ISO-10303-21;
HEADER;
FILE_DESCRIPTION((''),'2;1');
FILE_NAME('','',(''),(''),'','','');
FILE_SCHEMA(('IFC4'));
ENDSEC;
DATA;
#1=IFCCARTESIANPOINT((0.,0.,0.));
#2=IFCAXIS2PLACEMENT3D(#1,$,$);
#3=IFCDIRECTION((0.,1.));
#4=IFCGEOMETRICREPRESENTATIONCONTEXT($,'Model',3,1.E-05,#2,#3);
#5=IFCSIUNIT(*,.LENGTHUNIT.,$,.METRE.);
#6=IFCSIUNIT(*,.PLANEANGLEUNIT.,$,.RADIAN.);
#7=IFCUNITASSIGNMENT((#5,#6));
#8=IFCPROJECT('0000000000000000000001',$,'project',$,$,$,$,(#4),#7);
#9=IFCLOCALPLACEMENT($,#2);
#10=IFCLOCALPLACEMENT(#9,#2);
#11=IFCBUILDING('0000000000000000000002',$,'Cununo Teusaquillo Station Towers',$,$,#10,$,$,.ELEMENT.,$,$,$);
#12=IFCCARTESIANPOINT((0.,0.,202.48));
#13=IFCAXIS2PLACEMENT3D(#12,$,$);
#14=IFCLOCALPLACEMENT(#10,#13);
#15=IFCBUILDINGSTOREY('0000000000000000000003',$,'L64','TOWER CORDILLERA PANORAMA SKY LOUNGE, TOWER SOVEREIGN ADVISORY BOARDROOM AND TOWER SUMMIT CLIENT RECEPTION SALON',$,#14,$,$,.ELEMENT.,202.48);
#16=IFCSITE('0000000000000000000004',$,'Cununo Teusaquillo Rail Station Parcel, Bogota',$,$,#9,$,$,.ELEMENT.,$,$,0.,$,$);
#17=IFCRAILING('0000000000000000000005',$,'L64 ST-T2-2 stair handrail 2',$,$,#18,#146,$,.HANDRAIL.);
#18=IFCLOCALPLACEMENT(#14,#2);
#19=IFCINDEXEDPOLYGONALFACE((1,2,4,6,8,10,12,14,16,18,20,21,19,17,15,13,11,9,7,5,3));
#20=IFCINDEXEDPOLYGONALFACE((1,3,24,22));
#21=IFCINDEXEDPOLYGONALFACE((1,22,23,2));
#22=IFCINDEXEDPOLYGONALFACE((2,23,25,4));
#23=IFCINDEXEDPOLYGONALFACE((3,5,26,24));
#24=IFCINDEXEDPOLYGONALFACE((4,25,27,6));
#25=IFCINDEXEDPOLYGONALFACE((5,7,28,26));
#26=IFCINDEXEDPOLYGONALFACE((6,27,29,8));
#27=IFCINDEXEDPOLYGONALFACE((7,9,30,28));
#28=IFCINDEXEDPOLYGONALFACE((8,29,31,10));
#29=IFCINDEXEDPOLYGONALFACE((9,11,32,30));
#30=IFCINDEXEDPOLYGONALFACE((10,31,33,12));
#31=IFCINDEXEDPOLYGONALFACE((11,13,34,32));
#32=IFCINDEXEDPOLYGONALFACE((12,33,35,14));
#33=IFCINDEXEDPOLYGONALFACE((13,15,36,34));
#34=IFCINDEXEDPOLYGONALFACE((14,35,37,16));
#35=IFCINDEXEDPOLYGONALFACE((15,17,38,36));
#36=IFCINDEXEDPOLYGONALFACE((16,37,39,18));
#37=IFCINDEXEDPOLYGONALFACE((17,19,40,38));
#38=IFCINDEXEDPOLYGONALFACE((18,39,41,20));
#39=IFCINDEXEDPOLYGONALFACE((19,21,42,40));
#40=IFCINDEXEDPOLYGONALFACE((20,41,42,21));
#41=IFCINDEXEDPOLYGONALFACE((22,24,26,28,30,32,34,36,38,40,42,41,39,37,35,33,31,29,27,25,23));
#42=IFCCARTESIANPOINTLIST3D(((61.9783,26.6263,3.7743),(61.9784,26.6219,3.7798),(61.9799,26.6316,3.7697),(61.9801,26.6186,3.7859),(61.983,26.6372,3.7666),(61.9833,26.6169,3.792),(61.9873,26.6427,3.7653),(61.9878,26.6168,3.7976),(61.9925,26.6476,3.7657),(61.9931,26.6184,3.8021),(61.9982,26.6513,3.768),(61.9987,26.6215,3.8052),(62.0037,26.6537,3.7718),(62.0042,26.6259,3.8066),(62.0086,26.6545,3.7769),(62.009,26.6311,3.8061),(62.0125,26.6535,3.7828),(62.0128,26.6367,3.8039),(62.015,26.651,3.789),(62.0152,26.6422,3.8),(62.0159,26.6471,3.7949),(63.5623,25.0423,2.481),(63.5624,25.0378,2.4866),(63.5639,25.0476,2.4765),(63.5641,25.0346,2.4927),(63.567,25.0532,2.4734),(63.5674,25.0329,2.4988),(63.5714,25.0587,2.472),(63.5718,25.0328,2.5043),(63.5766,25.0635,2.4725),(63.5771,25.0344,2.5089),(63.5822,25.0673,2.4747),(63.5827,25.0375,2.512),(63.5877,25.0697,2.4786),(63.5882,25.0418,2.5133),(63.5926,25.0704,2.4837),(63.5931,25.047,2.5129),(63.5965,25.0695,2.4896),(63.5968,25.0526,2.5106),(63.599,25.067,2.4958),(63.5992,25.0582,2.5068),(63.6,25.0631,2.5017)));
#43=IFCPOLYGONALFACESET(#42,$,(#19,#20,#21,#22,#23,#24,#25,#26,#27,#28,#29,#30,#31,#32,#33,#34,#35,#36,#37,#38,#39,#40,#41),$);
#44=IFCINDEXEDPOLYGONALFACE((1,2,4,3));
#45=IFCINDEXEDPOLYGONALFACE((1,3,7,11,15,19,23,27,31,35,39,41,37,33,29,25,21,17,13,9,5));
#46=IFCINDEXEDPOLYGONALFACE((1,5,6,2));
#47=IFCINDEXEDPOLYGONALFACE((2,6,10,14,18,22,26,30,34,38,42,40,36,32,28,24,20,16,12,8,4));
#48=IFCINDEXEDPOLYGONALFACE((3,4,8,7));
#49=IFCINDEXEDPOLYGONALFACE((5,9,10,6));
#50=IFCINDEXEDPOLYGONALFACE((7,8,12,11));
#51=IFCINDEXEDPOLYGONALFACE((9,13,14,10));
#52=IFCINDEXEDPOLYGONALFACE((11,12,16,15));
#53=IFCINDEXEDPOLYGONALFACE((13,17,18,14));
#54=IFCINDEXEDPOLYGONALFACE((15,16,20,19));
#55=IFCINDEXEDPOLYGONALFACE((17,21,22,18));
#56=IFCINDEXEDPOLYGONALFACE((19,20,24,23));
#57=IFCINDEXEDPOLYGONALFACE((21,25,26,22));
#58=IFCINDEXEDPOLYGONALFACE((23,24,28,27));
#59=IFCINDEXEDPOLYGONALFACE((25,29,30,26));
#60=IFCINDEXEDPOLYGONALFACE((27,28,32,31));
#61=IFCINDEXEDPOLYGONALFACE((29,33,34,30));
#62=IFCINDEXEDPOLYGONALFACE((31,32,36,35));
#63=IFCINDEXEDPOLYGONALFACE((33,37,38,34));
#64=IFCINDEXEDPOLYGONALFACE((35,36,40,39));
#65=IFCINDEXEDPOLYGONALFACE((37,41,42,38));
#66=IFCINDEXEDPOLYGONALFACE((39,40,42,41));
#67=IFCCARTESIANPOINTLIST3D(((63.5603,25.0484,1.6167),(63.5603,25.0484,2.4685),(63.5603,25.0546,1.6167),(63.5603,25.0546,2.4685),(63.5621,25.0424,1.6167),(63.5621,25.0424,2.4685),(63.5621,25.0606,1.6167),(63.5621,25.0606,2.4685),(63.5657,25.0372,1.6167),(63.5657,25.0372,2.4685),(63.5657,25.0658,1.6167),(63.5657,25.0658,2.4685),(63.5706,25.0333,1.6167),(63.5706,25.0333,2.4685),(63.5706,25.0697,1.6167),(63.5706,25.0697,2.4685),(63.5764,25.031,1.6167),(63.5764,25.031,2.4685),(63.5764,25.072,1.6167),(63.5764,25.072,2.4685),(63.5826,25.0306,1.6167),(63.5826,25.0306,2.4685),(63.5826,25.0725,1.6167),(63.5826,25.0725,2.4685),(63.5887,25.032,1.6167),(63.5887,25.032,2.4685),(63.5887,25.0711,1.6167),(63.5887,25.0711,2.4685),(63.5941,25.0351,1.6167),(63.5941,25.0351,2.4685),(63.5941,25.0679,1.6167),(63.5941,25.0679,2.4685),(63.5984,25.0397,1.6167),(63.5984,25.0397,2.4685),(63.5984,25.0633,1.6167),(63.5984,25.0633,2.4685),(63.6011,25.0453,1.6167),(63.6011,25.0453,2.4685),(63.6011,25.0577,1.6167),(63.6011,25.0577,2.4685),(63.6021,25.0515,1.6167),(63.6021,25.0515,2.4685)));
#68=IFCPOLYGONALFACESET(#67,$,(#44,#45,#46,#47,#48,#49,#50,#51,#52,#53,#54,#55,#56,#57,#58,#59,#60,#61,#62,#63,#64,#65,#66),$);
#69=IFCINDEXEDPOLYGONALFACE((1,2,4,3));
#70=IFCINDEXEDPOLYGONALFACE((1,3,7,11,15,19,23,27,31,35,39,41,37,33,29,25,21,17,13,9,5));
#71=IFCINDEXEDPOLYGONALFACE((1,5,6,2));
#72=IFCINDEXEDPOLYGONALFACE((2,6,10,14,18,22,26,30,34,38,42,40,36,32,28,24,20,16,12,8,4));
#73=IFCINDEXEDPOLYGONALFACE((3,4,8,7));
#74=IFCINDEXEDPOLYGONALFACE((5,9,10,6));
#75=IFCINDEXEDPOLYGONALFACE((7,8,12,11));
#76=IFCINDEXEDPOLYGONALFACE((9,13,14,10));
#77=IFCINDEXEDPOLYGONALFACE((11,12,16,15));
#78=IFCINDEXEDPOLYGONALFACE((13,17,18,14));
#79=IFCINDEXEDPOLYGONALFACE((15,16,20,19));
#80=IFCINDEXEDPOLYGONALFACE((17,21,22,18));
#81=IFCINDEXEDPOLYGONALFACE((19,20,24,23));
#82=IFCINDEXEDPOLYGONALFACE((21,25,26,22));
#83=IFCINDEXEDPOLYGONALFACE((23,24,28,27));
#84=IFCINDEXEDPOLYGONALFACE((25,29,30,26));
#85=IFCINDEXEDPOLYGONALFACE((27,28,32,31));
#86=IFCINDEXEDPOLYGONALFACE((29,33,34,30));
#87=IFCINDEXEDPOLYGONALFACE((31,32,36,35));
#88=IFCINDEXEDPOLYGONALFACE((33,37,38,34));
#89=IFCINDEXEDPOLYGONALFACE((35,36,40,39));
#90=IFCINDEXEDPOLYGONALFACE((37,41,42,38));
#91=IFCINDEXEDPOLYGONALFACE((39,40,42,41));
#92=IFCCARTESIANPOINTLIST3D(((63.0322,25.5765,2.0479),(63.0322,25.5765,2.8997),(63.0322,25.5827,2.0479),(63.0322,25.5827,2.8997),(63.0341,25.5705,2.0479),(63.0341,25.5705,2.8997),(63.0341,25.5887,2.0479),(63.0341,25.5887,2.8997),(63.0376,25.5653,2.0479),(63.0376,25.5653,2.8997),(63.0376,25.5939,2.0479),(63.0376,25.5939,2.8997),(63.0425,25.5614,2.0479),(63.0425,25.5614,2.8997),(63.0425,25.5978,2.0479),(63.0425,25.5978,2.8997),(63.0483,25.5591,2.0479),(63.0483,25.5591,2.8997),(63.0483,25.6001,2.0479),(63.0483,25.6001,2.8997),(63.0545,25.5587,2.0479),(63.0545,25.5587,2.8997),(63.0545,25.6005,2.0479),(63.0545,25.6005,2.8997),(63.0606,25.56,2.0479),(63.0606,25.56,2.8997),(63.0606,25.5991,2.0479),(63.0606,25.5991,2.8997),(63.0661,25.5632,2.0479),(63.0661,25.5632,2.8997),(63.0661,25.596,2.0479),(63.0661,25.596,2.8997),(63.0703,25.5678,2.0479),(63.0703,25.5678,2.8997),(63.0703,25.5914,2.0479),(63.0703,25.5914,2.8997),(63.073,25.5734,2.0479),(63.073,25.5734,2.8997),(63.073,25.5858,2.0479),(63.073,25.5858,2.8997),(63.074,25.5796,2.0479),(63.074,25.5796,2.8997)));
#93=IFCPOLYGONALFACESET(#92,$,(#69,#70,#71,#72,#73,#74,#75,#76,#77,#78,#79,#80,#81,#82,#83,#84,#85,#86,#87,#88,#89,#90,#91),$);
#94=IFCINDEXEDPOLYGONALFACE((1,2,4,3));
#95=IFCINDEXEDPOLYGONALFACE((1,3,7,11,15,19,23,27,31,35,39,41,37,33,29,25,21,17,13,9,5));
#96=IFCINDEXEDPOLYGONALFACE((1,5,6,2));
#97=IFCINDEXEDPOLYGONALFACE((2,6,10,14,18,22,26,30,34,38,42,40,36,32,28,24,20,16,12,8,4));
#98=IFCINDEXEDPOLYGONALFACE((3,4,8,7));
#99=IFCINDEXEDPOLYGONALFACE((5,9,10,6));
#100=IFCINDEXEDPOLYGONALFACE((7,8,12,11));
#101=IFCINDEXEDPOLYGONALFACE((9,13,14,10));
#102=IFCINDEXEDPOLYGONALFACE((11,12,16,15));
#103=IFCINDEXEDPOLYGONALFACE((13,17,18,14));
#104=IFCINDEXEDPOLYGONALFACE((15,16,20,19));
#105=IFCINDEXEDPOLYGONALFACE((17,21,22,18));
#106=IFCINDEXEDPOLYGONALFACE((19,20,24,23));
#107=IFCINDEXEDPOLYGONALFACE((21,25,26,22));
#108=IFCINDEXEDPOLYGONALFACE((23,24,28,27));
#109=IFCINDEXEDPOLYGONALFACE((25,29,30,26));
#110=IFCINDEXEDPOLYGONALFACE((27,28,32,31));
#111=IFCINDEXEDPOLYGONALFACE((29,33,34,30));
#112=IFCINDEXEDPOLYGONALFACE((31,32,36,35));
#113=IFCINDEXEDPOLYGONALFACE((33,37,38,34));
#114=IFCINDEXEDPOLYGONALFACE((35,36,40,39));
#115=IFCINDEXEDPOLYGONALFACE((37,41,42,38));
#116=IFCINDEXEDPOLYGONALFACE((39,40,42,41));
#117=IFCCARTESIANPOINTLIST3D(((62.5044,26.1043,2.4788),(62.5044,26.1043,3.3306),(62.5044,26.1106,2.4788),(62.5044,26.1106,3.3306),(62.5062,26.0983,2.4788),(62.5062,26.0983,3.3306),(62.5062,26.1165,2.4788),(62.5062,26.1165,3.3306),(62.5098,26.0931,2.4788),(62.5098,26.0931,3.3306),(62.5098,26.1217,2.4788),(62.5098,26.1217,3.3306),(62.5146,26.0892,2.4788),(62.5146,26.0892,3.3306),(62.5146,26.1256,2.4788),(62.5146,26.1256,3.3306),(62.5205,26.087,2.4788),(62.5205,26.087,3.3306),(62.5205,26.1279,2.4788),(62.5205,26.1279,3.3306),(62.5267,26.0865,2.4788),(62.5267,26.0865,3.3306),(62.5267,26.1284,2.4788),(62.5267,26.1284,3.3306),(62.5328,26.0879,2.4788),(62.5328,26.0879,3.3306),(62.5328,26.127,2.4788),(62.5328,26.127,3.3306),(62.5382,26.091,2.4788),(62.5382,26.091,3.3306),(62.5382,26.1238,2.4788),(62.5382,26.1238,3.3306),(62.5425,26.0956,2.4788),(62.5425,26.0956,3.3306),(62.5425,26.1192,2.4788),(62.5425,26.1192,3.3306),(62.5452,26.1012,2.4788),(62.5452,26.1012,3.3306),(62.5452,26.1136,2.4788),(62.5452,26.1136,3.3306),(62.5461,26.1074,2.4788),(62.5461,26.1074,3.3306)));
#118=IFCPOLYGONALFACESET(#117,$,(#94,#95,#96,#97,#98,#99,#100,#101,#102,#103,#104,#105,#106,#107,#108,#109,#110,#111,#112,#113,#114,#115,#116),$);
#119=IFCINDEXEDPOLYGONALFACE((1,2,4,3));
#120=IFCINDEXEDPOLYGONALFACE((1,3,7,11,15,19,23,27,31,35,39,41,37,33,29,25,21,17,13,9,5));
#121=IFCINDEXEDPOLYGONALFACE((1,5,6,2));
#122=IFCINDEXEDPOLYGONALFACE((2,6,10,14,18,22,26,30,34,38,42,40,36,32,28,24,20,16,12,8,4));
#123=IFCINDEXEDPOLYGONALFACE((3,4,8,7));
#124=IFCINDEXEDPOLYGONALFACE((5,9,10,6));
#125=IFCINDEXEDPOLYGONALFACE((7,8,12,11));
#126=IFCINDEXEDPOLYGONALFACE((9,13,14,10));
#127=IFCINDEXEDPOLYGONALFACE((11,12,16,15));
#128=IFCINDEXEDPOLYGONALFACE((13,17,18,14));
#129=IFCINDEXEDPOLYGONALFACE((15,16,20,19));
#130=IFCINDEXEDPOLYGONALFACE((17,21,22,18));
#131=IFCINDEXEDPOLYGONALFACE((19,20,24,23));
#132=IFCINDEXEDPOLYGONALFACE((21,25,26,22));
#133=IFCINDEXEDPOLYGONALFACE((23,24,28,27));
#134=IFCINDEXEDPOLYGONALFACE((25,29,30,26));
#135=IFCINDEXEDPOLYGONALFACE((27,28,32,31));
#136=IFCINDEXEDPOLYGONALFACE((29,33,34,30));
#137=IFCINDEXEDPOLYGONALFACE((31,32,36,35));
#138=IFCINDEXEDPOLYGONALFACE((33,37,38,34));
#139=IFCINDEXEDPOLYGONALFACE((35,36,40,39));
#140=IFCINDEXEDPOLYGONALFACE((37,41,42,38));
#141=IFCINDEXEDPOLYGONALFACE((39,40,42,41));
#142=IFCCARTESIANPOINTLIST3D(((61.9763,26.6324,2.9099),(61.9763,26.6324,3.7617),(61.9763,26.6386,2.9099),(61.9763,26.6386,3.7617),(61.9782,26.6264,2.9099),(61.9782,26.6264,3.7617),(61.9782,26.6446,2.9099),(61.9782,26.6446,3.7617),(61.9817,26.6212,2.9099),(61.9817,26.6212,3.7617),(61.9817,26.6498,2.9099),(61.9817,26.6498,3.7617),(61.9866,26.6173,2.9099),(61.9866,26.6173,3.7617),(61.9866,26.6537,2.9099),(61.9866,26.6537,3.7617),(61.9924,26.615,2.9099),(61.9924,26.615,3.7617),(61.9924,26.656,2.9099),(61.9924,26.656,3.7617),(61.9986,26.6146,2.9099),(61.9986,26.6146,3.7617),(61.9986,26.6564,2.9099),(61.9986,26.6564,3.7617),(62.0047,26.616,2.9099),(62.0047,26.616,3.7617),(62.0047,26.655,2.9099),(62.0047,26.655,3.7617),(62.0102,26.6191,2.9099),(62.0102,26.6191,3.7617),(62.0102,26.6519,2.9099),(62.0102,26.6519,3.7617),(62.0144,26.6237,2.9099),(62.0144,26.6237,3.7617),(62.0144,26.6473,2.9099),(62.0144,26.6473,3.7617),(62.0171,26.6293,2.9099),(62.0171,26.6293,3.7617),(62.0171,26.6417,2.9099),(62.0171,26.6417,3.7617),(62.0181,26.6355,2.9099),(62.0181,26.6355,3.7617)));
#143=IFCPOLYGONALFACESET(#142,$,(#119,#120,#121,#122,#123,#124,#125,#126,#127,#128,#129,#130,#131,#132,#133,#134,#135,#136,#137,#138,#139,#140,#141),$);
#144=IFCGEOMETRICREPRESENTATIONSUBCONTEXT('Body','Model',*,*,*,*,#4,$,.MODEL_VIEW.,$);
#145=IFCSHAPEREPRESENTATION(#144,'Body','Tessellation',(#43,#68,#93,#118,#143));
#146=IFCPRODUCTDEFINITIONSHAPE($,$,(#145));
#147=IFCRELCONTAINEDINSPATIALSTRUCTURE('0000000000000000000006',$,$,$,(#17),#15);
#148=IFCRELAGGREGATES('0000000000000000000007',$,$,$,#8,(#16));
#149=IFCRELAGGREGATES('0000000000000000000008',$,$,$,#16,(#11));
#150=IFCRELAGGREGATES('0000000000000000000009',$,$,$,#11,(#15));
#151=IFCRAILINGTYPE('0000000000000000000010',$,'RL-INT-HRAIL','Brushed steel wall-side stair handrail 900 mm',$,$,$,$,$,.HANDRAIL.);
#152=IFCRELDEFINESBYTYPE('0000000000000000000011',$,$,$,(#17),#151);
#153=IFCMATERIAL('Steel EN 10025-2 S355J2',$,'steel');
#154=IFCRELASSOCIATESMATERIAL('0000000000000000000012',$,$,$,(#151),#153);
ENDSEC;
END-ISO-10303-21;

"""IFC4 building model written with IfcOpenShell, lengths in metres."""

from ifc_helpers import new_model, si_unit, direction, frame, origin, origin_2d, place, context, subcontext, project, spatial, circle, extrude, material, type_object, element, save


model = new_model("IFC4")

# Units and contexts
model_context = context("Model", 3, precision=1e-05, world=origin(), true_north=direction((0.0, 1.0)))
body_context = subcontext(model_context, "Body", "Model", "MODEL_VIEW")
ifc_project = project(units=[si_unit("LENGTHUNIT", "METRE"), si_unit("PLANEANGLEUNIT", "RADIAN")], contexts=[model_context])

# Site, building, storey
site_placement = place(None, origin())
site = spatial("IfcSite", under=ifc_project, at=site_placement, Name="Cununo Teusaquillo Rail Station Parcel, Bogota", CompositionType="ELEMENT", RefElevation=0.0)
building_placement = place(site_placement, origin())
building = spatial("IfcBuilding", under=site, at=building_placement, Name="Cununo Teusaquillo Station Towers", CompositionType="ELEMENT")
storey_placement = place(building_placement, frame((0.0, 0.0, 202.48)))
storey = spatial("IfcBuildingStorey", under=building, at=storey_placement, Name="L64", Description="TOWER CORDILLERA PANORAMA SKY LOUNGE, TOWER SOVEREIGN ADVISORY BOARDROOM AND TOWER SUMMIT CLIENT RECEPTION SALON", CompositionType="ELEMENT", Elevation=202.48)

# Railing
ifc_material_1 = material(Name="Steel EN 10025-2 S355J2", Category="steel")
railing_type_1 = type_object("IfcRailingType", Name="RL-INT-HRAIL", Description="Brushed steel wall-side stair handrail 900 mm", PredefinedType="HANDRAIL", material=ifc_material_1)
railing_1_placement = place(storey_placement, frame((63.5811, 25.0515, 1.6167)))
element("IfcRailing", 1, at=railing_1_placement, inside=storey, type_object=railing_type_1, Name="L64 ST-T2-2 stair handrail 2", PredefinedType="HANDRAIL", context=body_context, shape_type="SweptSolid", body=[
    extrude(circle(Radius=0.0239, at=origin_2d()), frame((0.0, 0.0, 0.876), z_axis=(-0.612385, 0.612385, 0.49997), x_axis=(-0.707107, -0.707107, 0.0)), (0.0, 0.0, 1.0), 2.5867),
    extrude(circle(Radius=0.021, at=origin_2d()), origin(), (0.0, 0.0, 1.0), 0.8518),
    extrude(circle(Radius=0.021, at=origin_2d()), frame((-0.5281, 0.5281, 0.4312)), (0.0, 0.0, 1.0), 0.8518),
    extrude(circle(Radius=0.021, at=origin_2d()), frame((-1.0559, 1.0559, 0.8621)), (0.0, 0.0, 1.0), 0.8518),
    extrude(circle(Radius=0.021, at=origin_2d()), frame((-1.584, 1.584, 1.2932)), (0.0, 0.0, 1.0), 0.8518),
])

save(model, "model.ifc")
